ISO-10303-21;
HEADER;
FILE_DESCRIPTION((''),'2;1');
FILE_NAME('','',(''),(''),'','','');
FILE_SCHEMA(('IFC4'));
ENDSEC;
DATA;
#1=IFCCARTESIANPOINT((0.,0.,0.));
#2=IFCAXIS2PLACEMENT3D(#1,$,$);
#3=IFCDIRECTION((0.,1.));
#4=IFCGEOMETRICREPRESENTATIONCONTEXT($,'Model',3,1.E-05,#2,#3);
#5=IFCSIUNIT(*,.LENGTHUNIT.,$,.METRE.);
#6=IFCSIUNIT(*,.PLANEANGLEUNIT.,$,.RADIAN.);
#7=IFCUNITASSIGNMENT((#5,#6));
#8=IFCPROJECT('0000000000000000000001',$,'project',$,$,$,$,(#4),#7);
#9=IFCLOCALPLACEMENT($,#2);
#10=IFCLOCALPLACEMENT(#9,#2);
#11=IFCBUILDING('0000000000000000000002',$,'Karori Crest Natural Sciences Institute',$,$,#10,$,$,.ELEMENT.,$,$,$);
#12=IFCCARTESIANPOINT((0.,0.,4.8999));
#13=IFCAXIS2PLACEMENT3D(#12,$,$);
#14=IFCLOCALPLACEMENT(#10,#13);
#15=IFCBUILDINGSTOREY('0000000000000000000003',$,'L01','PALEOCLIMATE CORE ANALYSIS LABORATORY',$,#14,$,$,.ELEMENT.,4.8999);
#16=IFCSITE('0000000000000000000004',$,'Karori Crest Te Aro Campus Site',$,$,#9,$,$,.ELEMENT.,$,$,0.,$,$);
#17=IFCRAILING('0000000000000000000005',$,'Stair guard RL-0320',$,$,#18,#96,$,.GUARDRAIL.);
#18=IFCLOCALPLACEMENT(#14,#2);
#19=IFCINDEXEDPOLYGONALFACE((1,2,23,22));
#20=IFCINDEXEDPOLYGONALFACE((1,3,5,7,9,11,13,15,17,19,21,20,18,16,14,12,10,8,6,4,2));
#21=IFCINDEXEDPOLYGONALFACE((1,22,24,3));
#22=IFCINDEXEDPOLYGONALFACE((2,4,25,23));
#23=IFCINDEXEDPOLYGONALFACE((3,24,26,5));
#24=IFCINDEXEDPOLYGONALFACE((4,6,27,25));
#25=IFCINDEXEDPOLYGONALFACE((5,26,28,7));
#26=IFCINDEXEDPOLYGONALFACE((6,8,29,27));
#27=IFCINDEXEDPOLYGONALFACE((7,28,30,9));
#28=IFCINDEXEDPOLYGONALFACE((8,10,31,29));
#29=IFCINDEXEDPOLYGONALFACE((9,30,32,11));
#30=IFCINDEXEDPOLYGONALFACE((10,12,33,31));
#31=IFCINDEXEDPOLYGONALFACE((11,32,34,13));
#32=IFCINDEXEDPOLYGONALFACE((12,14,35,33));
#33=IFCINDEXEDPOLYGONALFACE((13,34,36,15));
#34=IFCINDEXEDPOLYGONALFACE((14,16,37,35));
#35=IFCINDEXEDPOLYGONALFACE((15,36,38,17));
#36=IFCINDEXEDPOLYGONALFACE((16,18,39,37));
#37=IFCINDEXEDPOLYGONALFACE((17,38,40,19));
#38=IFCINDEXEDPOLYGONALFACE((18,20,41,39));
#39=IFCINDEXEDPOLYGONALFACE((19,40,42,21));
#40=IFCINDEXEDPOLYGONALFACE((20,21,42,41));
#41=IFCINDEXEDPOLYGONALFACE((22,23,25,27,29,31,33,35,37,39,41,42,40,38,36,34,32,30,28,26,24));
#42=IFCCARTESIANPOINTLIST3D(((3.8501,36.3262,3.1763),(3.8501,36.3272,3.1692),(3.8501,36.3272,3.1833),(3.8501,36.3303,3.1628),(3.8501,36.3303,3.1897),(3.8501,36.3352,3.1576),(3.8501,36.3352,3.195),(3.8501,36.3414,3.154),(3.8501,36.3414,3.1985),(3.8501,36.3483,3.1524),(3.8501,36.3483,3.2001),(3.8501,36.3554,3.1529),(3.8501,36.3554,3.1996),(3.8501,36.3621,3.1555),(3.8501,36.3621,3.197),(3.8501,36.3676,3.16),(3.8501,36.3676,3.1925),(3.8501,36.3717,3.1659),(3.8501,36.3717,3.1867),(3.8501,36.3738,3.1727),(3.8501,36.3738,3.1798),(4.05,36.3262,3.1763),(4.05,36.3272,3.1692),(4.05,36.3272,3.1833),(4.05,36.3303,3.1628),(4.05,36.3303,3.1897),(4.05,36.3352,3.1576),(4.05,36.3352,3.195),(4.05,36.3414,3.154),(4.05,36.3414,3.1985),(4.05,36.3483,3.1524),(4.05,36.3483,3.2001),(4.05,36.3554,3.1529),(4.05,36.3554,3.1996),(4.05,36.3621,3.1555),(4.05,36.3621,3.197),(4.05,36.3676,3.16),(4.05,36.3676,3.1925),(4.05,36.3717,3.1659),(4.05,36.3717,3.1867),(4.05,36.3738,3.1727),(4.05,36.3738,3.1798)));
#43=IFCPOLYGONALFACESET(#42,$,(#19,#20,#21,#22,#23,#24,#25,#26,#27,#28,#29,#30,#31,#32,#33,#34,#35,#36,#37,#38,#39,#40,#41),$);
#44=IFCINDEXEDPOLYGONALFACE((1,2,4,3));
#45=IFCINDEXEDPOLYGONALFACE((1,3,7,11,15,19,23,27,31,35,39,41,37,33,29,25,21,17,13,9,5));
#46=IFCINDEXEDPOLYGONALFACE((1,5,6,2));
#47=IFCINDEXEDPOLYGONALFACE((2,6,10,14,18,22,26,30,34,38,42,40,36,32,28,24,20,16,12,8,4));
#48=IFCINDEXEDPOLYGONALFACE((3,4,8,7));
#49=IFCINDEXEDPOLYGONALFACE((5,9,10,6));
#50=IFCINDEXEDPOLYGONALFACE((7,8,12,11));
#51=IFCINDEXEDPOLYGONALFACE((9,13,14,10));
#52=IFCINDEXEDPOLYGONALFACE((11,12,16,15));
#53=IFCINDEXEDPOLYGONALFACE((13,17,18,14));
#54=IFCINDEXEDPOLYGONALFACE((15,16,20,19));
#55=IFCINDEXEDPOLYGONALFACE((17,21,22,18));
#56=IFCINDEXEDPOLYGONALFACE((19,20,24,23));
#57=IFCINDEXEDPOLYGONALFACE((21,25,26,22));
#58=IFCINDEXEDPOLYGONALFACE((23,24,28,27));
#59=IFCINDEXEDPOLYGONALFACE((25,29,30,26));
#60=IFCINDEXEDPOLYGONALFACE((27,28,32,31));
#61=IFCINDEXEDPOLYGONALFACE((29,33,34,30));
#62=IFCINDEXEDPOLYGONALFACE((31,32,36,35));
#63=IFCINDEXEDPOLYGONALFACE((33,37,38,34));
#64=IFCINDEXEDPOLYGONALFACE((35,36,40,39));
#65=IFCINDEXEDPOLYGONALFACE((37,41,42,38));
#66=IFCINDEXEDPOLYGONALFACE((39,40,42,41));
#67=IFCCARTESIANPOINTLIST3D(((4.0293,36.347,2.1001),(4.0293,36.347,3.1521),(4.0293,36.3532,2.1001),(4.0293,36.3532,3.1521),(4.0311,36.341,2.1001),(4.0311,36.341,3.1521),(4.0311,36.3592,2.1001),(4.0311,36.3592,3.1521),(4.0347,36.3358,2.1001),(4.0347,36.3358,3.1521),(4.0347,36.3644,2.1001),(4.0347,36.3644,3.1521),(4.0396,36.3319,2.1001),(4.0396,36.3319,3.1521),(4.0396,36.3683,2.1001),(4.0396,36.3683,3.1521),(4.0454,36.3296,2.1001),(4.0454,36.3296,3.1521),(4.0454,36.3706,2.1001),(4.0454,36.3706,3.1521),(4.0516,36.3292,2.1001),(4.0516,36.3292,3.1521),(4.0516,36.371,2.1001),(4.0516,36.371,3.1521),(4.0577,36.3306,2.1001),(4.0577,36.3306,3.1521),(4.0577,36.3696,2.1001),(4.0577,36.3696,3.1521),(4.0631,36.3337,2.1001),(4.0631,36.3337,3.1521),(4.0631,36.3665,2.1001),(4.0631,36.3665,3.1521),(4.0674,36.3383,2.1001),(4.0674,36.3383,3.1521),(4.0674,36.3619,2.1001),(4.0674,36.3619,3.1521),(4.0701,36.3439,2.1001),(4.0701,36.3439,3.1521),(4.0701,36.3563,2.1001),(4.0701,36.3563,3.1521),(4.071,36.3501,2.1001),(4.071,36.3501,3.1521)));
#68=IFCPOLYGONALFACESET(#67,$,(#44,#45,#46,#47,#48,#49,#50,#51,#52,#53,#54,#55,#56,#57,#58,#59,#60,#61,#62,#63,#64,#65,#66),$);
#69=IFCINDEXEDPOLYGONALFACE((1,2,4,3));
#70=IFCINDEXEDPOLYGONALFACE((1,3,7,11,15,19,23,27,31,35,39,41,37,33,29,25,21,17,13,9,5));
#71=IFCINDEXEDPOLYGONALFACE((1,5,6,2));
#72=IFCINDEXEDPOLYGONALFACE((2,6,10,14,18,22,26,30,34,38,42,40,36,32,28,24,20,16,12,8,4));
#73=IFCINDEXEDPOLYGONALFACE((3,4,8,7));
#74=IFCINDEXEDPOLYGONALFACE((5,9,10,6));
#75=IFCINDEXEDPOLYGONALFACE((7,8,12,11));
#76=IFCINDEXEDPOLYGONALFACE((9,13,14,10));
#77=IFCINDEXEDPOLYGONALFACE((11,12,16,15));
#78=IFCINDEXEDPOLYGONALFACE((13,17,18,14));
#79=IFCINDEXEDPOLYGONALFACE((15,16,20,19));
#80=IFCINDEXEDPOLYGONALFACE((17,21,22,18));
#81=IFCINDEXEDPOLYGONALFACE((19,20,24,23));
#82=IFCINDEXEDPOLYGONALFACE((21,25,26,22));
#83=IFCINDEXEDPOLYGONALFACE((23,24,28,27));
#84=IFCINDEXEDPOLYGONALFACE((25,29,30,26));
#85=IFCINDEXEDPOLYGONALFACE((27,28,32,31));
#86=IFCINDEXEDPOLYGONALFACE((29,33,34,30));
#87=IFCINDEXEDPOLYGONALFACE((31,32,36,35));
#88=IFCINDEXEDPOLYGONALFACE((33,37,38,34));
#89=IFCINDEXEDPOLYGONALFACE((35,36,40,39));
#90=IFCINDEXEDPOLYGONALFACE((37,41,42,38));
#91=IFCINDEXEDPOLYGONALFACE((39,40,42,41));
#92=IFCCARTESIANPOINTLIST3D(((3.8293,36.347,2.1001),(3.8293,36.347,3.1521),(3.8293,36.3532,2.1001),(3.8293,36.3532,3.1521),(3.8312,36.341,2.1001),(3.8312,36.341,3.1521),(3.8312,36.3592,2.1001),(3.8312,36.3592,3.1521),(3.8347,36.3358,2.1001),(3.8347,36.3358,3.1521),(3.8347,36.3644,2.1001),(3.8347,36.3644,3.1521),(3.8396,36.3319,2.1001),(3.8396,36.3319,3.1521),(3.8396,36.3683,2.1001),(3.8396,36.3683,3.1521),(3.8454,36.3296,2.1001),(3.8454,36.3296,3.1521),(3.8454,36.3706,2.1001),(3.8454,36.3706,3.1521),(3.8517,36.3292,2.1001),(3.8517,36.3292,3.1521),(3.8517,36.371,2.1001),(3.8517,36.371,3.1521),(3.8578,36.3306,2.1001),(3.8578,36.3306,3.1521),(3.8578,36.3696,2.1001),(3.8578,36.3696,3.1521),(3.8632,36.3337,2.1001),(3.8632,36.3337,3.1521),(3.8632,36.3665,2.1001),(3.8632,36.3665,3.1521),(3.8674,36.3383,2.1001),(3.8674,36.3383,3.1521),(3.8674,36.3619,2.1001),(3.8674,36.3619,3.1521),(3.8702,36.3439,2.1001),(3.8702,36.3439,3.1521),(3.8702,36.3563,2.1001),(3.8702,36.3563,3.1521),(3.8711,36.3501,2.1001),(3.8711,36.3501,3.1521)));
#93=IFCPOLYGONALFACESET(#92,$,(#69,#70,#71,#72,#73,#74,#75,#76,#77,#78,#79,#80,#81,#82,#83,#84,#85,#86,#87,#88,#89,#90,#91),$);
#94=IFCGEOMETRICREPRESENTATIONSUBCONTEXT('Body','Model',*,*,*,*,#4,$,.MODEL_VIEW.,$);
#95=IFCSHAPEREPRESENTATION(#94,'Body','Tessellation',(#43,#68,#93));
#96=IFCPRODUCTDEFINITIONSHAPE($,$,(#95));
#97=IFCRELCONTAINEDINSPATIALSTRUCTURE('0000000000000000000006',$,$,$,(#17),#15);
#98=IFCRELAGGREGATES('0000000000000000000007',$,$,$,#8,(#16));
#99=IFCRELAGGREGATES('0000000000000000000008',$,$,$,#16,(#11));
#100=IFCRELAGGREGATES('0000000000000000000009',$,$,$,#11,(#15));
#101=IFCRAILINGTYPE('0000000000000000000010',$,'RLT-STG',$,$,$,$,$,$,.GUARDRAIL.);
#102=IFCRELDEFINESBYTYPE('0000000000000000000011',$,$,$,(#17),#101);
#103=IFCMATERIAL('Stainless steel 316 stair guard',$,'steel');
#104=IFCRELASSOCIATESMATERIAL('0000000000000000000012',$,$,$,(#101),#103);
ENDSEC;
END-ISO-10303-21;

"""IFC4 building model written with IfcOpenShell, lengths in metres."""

from ifc_helpers import new_model, si_unit, direction, frame, origin, origin_2d, place, context, subcontext, project, spatial, circle, extrude, material, type_object, element, save


model = new_model("IFC4")

# Units and contexts
model_context = context("Model", 3, precision=1e-05, world=origin(), true_north=direction((0.0, 1.0)))
body_context = subcontext(model_context, "Body", "Model", "MODEL_VIEW")
ifc_project = project(units=[si_unit("LENGTHUNIT", "METRE"), si_unit("PLANEANGLEUNIT", "RADIAN")], contexts=[model_context])

# Site, building, storey
site_placement = place(None, origin())
site = spatial("IfcSite", under=ifc_project, at=site_placement, Name="Karori Crest Te Aro Campus Site", CompositionType="ELEMENT", RefElevation=0.0)
building_placement = place(site_placement, origin())
building = spatial("IfcBuilding", under=site, at=building_placement, Name="Karori Crest Natural Sciences Institute", CompositionType="ELEMENT")
storey_placement = place(building_placement, frame((0.0, 0.0, 4.8999)))
storey = spatial("IfcBuildingStorey", under=building, at=storey_placement, Name="L01", Description="PALEOCLIMATE CORE ANALYSIS LABORATORY", CompositionType="ELEMENT", Elevation=4.8999)

# Railing
ifc_material_1 = material(Name="Stainless steel 316 stair guard", Category="steel")
railing_type_1 = type_object("IfcRailingType", Name="RLT-STG", PredefinedType="GUARDRAIL", material=ifc_material_1)
railing_1_placement = place(storey_placement, frame((4.05, 36.3501, 2.1001)))
element("IfcRailing", 1, at=railing_1_placement, inside=storey, type_object=railing_type_1, Name="Stair guard RL-0320", PredefinedType="GUARDRAIL", context=body_context, shape_type="SweptSolid", body=[
    extrude(circle(Radius=0.0239, at=origin_2d()), frame((0.0, 0.0, 1.0762), z_axis=(-1.0, 0.0, 0.0), x_axis=(0.0, -1.0, 0.0)), (0.0, 0.0, 1.0), 0.2),
    extrude(circle(Radius=0.021, at=origin_2d()), origin(), (0.0, 0.0, 1.0), 1.052),
    extrude(circle(Radius=0.021, at=origin_2d()), frame((-0.2, 0.0, 0.0)), (0.0, 0.0, 1.0), 1.052),
])

save(model, "model.ifc")
